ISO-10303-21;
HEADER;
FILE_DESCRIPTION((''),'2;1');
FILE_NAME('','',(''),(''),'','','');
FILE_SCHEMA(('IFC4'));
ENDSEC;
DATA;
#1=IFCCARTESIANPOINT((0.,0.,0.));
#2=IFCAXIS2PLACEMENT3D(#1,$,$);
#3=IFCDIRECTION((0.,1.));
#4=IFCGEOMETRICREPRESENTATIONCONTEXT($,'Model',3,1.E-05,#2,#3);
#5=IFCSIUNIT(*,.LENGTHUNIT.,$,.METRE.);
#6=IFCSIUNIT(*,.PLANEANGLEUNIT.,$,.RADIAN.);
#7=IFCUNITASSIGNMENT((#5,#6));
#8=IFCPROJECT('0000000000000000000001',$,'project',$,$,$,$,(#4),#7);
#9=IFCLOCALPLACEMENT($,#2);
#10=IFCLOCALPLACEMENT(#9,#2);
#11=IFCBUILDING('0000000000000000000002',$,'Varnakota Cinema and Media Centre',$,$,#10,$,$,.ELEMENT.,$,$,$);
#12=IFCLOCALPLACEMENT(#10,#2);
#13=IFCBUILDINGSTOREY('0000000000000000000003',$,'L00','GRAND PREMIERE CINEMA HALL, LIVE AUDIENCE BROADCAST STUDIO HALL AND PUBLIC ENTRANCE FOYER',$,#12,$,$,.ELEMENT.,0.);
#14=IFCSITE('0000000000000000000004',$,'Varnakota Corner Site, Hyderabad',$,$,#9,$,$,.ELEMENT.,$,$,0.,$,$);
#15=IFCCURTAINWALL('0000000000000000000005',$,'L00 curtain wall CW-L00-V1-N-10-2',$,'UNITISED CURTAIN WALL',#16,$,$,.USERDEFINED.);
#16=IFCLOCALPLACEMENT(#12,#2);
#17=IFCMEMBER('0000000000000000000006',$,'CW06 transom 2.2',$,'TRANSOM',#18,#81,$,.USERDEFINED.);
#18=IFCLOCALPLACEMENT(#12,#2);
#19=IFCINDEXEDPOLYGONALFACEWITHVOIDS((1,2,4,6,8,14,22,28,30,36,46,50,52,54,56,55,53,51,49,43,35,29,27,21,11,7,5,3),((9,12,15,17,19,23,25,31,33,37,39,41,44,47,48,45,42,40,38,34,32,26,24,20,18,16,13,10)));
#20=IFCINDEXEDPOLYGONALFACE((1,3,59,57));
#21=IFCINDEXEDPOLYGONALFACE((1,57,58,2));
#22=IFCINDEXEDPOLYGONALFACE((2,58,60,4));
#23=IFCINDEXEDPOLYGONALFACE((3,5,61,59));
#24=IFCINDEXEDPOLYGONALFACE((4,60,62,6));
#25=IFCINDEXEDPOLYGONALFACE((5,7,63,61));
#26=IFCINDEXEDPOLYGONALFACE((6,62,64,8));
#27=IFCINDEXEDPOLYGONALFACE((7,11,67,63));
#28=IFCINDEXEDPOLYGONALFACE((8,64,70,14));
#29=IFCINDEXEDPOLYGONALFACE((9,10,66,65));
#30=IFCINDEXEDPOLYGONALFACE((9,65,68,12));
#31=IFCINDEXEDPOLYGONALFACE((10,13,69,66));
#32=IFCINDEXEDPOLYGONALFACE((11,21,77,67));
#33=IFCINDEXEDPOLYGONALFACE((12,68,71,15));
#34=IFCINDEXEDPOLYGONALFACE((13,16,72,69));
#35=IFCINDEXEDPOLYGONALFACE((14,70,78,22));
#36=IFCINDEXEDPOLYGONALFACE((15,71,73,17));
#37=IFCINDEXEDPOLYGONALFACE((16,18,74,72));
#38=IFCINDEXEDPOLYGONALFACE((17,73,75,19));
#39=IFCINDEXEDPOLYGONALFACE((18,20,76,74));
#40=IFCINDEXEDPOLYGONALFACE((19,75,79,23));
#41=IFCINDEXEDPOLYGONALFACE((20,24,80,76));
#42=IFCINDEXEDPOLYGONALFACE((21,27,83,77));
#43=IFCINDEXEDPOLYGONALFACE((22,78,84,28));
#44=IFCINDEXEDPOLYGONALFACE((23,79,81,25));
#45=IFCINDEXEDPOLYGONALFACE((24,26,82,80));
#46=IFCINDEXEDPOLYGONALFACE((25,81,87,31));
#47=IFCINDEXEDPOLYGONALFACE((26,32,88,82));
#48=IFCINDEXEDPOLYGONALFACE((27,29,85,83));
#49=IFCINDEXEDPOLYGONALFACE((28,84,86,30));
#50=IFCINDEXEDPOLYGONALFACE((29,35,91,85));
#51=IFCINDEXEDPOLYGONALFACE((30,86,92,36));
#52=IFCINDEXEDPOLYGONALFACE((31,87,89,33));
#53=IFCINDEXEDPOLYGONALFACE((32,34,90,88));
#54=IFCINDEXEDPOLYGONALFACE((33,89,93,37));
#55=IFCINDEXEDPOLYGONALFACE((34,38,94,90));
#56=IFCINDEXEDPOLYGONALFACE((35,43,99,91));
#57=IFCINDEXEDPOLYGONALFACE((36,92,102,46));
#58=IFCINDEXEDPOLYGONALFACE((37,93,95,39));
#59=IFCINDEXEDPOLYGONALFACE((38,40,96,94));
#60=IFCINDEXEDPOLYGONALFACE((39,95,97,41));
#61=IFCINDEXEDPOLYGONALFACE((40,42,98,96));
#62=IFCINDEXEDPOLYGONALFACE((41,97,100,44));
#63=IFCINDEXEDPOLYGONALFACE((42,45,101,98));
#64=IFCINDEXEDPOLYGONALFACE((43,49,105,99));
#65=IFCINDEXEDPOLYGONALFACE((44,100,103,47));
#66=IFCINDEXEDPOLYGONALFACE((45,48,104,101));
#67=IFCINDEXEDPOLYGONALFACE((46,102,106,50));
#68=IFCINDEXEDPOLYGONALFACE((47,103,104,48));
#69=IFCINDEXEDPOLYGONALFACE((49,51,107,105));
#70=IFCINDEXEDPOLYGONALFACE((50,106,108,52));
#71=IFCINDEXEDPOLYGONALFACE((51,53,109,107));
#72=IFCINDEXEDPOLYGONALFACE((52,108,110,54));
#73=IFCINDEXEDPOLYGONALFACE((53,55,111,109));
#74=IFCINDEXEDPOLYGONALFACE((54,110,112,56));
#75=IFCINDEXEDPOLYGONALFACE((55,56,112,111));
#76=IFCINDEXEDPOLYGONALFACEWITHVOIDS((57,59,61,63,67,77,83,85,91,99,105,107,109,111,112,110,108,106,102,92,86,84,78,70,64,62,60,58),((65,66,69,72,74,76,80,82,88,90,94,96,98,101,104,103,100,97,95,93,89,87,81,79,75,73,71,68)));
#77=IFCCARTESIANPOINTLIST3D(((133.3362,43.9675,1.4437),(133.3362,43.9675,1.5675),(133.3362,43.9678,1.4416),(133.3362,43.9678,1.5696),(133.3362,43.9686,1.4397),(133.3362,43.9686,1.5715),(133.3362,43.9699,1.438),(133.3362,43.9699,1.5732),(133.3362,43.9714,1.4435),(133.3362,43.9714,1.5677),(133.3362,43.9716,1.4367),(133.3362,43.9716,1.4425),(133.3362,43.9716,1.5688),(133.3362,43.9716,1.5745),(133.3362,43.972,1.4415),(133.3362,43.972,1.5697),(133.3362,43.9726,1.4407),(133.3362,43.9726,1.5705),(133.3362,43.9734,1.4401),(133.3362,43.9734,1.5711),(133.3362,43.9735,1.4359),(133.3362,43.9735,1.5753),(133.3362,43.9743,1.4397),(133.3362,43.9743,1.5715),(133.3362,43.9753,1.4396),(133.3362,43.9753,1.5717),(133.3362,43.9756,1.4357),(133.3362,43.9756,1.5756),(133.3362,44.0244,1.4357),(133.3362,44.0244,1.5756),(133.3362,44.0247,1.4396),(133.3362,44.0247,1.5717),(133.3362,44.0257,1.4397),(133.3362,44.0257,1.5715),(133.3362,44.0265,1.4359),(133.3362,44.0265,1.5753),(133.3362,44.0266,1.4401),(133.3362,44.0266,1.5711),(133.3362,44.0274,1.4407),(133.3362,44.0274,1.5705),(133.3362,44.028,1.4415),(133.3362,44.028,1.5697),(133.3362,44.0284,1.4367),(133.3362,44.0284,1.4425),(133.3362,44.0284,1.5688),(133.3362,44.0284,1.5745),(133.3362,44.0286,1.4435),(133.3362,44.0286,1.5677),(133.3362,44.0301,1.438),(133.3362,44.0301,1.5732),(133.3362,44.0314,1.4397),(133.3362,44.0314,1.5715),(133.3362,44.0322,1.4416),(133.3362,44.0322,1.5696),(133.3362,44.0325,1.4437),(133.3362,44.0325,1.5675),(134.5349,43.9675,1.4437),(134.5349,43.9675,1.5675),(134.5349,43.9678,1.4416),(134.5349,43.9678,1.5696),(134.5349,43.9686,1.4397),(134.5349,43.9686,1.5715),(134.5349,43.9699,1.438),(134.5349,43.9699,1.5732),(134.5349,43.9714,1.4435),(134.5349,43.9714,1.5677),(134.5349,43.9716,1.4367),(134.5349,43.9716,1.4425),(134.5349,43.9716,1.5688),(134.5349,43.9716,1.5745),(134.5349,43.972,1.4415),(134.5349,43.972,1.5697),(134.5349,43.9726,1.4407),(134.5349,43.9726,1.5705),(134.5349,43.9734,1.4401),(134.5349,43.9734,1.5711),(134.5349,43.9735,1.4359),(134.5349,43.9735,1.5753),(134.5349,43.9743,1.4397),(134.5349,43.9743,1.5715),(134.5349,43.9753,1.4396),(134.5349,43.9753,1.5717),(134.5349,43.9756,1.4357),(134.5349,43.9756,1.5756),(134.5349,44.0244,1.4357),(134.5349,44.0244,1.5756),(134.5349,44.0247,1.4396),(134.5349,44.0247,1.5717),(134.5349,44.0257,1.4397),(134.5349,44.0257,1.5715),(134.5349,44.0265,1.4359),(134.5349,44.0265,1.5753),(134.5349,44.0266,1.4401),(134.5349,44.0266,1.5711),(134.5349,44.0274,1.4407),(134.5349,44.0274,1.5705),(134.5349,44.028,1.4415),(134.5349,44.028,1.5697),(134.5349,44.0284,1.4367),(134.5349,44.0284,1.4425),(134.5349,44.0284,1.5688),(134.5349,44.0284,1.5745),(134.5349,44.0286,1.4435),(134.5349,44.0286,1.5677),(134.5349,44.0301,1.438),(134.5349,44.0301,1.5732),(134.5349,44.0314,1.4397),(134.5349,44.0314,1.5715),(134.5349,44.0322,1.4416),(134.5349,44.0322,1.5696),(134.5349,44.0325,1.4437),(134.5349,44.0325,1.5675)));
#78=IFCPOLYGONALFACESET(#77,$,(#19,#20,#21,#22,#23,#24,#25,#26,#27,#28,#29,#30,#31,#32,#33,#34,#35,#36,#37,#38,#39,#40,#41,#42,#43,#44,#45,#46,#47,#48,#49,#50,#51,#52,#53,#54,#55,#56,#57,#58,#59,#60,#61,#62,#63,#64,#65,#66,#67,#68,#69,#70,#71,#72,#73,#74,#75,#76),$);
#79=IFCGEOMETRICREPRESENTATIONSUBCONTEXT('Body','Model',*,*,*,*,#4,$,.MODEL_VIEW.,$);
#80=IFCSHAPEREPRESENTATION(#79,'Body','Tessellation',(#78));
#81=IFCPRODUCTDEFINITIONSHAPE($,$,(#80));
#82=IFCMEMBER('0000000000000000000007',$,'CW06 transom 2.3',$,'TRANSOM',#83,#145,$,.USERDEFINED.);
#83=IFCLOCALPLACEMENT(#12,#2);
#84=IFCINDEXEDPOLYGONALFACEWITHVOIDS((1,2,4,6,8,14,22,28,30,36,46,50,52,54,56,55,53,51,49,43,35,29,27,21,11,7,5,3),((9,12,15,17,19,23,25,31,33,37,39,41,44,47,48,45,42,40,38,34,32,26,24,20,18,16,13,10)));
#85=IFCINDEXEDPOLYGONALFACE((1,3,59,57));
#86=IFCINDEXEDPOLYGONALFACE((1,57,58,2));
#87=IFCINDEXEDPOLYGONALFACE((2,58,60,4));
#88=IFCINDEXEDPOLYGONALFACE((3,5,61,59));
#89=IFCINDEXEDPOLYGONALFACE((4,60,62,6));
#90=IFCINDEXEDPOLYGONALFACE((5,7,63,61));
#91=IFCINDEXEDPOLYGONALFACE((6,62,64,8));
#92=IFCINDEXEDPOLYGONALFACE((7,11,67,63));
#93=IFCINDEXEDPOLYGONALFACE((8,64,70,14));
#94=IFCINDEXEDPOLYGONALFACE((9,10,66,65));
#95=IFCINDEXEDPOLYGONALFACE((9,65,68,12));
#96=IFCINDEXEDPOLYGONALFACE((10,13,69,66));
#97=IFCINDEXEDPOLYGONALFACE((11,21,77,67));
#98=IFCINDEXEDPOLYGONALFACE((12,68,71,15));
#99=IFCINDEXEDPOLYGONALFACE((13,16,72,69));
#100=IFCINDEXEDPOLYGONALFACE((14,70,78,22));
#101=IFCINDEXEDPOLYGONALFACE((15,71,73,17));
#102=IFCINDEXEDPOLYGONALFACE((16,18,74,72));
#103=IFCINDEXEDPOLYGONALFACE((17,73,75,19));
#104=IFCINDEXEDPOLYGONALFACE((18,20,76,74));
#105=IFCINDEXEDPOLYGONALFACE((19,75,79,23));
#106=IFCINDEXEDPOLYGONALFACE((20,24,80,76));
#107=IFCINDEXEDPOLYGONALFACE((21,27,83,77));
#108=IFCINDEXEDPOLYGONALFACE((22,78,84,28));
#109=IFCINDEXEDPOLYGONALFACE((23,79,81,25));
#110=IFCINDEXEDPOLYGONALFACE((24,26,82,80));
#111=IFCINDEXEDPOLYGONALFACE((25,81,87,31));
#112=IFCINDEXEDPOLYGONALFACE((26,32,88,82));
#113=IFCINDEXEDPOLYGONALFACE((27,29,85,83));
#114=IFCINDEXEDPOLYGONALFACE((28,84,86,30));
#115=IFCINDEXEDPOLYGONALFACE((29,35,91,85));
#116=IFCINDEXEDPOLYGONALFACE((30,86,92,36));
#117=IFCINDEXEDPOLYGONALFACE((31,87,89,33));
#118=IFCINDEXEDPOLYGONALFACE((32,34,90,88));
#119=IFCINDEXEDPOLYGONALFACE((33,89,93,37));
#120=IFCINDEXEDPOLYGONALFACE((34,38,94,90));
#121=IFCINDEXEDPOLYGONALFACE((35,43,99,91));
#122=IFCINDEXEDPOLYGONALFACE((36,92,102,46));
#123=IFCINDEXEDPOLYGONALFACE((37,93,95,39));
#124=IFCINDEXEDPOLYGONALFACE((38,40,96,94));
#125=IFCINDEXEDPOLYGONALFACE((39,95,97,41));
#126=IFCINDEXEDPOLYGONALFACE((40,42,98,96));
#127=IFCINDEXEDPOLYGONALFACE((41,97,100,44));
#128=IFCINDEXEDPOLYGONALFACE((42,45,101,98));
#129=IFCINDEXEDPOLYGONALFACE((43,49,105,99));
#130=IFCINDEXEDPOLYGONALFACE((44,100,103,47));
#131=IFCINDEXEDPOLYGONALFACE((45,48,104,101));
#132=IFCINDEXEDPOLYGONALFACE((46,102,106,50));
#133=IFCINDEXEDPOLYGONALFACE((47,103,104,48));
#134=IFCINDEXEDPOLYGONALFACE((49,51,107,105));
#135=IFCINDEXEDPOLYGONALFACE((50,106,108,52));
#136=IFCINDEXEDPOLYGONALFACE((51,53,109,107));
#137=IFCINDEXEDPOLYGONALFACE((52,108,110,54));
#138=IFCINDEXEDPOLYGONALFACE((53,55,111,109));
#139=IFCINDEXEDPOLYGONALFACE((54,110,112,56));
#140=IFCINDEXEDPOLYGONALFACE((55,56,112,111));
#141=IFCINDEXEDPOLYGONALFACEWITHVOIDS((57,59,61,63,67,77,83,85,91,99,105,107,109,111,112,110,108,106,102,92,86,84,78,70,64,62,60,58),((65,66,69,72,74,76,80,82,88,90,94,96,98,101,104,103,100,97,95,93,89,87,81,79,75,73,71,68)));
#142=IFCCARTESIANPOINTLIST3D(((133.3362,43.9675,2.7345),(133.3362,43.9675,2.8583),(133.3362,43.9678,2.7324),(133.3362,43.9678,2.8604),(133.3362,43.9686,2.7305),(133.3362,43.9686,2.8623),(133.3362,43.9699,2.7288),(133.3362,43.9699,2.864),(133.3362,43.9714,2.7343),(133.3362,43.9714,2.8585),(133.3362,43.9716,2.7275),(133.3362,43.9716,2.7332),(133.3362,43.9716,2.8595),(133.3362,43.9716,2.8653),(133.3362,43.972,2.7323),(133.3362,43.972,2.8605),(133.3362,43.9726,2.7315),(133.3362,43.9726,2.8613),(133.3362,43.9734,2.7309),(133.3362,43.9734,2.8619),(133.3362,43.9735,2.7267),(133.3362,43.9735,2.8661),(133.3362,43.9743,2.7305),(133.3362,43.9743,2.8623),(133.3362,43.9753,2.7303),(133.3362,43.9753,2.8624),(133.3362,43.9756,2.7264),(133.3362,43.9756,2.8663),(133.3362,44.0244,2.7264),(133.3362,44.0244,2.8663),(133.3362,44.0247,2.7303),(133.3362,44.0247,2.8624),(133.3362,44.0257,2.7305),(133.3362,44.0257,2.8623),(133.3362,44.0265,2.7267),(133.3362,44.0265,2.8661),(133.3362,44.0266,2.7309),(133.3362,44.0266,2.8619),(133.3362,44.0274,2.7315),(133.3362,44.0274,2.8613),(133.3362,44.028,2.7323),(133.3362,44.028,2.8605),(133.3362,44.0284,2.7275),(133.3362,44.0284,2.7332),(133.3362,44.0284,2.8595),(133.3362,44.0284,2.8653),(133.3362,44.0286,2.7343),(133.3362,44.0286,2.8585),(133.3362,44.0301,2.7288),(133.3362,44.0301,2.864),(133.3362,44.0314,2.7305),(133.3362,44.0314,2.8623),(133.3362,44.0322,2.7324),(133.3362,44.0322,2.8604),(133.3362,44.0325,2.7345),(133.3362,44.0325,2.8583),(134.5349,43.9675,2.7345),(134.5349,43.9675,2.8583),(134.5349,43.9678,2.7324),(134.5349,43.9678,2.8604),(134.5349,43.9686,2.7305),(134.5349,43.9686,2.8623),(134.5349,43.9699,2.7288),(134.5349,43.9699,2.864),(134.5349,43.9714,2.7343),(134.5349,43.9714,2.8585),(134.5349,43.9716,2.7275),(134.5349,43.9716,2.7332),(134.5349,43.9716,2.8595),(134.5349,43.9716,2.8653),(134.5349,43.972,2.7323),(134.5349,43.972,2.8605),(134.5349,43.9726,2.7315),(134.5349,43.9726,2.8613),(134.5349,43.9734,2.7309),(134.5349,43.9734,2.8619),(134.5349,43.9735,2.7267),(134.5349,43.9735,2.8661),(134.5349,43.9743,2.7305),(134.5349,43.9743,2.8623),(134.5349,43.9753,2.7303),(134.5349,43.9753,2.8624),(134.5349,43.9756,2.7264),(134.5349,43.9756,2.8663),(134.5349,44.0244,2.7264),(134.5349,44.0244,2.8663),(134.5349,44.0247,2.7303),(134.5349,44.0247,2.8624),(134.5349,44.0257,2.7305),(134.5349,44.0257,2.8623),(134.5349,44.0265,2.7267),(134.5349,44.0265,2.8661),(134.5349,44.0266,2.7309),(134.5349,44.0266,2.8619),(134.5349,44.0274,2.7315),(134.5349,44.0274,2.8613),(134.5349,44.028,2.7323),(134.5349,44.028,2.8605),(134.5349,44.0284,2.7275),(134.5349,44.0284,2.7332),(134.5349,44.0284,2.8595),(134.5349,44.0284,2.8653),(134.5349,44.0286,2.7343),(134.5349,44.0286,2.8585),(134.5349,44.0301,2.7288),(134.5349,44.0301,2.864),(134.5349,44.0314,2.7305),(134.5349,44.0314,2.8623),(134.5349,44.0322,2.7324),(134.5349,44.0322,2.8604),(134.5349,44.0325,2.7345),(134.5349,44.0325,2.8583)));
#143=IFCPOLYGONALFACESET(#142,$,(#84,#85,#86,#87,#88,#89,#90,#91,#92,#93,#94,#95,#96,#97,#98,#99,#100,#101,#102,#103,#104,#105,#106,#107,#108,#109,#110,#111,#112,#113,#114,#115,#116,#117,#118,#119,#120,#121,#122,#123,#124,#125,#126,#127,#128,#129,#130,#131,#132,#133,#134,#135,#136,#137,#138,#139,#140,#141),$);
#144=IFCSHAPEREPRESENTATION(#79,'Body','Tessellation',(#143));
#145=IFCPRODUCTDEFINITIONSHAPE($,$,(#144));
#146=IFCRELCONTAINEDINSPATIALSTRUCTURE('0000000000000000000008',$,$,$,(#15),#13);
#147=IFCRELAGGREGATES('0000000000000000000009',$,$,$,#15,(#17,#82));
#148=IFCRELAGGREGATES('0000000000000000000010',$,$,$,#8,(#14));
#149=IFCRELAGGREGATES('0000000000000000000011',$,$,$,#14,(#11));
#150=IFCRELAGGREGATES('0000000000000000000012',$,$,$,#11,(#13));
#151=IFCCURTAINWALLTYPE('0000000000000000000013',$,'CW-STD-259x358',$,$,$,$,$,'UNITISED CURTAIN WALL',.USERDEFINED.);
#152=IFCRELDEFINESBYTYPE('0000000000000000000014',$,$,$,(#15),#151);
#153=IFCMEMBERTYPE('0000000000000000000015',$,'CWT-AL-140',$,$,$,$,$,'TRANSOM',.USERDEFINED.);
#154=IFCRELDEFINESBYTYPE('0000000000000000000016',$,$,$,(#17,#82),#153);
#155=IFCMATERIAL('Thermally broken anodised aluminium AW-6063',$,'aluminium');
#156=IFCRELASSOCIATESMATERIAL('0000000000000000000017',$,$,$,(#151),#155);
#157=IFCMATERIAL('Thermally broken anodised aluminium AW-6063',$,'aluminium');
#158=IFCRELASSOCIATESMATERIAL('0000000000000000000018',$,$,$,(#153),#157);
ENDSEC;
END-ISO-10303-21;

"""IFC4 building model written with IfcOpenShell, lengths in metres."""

from ifc_helpers import new_model, si_unit, direction, frame, origin, origin_2d, place, context, subcontext, project, spatial, hollow_rectangle, extrude, material, material_profile, profile_set, type_object, element, aggregate, save


model = new_model("IFC4")

# Units and contexts
model_context = context("Model", 3, precision=1e-05, world=origin(), true_north=direction((0.0, 1.0)))
body_context = subcontext(model_context, "Body", "Model", "MODEL_VIEW")
ifc_project = project(units=[si_unit("LENGTHUNIT", "METRE"), si_unit("PLANEANGLEUNIT", "RADIAN")], contexts=[model_context])

# Site, building, storey
site_placement = place(None, origin())
site = spatial("IfcSite", under=ifc_project, at=site_placement, Name="Varnakota Corner Site, Hyderabad", CompositionType="ELEMENT", RefElevation=0.0)
building_placement = place(site_placement, origin())
building = spatial("IfcBuilding", under=site, at=building_placement, Name="Varnakota Cinema and Media Centre", CompositionType="ELEMENT")
storey_placement = place(building_placement, origin())
storey = spatial("IfcBuildingStorey", under=building, at=storey_placement, Name="L00", Description="GRAND PREMIERE CINEMA HALL, LIVE AUDIENCE BROADCAST STUDIO HALL AND PUBLIC ENTRANCE FOYER", CompositionType="ELEMENT", Elevation=0.0)

# Curtain wall
ifc_material_1 = material(Name="Thermally broken anodised aluminium AW-6063", Category="aluminium")
curtain_wall_type = type_object("IfcCurtainWallType", Name="CW-STD-259x358", ElementType="UNITISED CURTAIN WALL", PredefinedType="USERDEFINED", material=ifc_material_1)
curtain_wall_1_placement = place(storey_placement, origin())
curtain_wall_1 = element("IfcCurtainWall", 1, at=curtain_wall_1_placement, inside=storey, type_object=curtain_wall_type, Name="L00 curtain wall CW-L00-V1-N-10-2", ObjectType="UNITISED CURTAIN WALL", PredefinedType="USERDEFINED")

# Members
ifc_material_2 = material(Name="Thermally broken anodised aluminium AW-6063", Category="aluminium")
ifc_material_profile_1 = material_profile(ifc_material_2, hollow_rectangle(XDim=0.0649, YDim=0.1399, WallThickness=0.0039, InnerFilletRadius=0.0039, OuterFilletRadius=0.0081, at=origin_2d()), Name="AL-TRANSOM 140x65x4")
ifc_profile_set_1 = profile_set([ifc_material_profile_1], Name="Thermally broken anodised aluminium AW-6063")
member_type_1 = type_object("IfcMemberType", Name="CWT-AL-140", ElementType="TRANSOM", PredefinedType="USERDEFINED", material=ifc_profile_set_1)
member_1_placement = place(storey_placement, frame((133.3362, 44.0, 1.5056), z_axis=(1.0, 0.0, 0.0), x_axis=(0.0, 1.0, 0.0)))
member_1 = element("IfcMember", 2, at=member_1_placement, type_object=member_type_1, Name="CW06 transom 2.2", ObjectType="TRANSOM", PredefinedType="USERDEFINED", context=body_context, shape_type="SweptSolid", body=[
    extrude(hollow_rectangle(XDim=0.0649, YDim=0.1399, WallThickness=0.0039, InnerFilletRadius=0.0039, OuterFilletRadius=0.0081, at=origin_2d()), origin(), (0.0, 0.0, 1.0), 1.1987),
])
member_2_placement = place(storey_placement, frame((133.3362, 44.0, 2.7964), z_axis=(1.0, 0.0, 0.0), x_axis=(0.0, 1.0, 0.0)))
member_2 = element("IfcMember", 3, at=member_2_placement, type_object=member_type_1, Name="CW06 transom 2.3", ObjectType="TRANSOM", PredefinedType="USERDEFINED", context=body_context, shape_type="SweptSolid", body=[
    extrude(hollow_rectangle(XDim=0.0649, YDim=0.1399, WallThickness=0.0039, InnerFilletRadius=0.0039, OuterFilletRadius=0.0081, at=origin_2d()), origin(), (0.0, 0.0, 1.0), 1.1987),
])

aggregate(curtain_wall_1, [member_1, member_2])

save(model, "model.ifc")
